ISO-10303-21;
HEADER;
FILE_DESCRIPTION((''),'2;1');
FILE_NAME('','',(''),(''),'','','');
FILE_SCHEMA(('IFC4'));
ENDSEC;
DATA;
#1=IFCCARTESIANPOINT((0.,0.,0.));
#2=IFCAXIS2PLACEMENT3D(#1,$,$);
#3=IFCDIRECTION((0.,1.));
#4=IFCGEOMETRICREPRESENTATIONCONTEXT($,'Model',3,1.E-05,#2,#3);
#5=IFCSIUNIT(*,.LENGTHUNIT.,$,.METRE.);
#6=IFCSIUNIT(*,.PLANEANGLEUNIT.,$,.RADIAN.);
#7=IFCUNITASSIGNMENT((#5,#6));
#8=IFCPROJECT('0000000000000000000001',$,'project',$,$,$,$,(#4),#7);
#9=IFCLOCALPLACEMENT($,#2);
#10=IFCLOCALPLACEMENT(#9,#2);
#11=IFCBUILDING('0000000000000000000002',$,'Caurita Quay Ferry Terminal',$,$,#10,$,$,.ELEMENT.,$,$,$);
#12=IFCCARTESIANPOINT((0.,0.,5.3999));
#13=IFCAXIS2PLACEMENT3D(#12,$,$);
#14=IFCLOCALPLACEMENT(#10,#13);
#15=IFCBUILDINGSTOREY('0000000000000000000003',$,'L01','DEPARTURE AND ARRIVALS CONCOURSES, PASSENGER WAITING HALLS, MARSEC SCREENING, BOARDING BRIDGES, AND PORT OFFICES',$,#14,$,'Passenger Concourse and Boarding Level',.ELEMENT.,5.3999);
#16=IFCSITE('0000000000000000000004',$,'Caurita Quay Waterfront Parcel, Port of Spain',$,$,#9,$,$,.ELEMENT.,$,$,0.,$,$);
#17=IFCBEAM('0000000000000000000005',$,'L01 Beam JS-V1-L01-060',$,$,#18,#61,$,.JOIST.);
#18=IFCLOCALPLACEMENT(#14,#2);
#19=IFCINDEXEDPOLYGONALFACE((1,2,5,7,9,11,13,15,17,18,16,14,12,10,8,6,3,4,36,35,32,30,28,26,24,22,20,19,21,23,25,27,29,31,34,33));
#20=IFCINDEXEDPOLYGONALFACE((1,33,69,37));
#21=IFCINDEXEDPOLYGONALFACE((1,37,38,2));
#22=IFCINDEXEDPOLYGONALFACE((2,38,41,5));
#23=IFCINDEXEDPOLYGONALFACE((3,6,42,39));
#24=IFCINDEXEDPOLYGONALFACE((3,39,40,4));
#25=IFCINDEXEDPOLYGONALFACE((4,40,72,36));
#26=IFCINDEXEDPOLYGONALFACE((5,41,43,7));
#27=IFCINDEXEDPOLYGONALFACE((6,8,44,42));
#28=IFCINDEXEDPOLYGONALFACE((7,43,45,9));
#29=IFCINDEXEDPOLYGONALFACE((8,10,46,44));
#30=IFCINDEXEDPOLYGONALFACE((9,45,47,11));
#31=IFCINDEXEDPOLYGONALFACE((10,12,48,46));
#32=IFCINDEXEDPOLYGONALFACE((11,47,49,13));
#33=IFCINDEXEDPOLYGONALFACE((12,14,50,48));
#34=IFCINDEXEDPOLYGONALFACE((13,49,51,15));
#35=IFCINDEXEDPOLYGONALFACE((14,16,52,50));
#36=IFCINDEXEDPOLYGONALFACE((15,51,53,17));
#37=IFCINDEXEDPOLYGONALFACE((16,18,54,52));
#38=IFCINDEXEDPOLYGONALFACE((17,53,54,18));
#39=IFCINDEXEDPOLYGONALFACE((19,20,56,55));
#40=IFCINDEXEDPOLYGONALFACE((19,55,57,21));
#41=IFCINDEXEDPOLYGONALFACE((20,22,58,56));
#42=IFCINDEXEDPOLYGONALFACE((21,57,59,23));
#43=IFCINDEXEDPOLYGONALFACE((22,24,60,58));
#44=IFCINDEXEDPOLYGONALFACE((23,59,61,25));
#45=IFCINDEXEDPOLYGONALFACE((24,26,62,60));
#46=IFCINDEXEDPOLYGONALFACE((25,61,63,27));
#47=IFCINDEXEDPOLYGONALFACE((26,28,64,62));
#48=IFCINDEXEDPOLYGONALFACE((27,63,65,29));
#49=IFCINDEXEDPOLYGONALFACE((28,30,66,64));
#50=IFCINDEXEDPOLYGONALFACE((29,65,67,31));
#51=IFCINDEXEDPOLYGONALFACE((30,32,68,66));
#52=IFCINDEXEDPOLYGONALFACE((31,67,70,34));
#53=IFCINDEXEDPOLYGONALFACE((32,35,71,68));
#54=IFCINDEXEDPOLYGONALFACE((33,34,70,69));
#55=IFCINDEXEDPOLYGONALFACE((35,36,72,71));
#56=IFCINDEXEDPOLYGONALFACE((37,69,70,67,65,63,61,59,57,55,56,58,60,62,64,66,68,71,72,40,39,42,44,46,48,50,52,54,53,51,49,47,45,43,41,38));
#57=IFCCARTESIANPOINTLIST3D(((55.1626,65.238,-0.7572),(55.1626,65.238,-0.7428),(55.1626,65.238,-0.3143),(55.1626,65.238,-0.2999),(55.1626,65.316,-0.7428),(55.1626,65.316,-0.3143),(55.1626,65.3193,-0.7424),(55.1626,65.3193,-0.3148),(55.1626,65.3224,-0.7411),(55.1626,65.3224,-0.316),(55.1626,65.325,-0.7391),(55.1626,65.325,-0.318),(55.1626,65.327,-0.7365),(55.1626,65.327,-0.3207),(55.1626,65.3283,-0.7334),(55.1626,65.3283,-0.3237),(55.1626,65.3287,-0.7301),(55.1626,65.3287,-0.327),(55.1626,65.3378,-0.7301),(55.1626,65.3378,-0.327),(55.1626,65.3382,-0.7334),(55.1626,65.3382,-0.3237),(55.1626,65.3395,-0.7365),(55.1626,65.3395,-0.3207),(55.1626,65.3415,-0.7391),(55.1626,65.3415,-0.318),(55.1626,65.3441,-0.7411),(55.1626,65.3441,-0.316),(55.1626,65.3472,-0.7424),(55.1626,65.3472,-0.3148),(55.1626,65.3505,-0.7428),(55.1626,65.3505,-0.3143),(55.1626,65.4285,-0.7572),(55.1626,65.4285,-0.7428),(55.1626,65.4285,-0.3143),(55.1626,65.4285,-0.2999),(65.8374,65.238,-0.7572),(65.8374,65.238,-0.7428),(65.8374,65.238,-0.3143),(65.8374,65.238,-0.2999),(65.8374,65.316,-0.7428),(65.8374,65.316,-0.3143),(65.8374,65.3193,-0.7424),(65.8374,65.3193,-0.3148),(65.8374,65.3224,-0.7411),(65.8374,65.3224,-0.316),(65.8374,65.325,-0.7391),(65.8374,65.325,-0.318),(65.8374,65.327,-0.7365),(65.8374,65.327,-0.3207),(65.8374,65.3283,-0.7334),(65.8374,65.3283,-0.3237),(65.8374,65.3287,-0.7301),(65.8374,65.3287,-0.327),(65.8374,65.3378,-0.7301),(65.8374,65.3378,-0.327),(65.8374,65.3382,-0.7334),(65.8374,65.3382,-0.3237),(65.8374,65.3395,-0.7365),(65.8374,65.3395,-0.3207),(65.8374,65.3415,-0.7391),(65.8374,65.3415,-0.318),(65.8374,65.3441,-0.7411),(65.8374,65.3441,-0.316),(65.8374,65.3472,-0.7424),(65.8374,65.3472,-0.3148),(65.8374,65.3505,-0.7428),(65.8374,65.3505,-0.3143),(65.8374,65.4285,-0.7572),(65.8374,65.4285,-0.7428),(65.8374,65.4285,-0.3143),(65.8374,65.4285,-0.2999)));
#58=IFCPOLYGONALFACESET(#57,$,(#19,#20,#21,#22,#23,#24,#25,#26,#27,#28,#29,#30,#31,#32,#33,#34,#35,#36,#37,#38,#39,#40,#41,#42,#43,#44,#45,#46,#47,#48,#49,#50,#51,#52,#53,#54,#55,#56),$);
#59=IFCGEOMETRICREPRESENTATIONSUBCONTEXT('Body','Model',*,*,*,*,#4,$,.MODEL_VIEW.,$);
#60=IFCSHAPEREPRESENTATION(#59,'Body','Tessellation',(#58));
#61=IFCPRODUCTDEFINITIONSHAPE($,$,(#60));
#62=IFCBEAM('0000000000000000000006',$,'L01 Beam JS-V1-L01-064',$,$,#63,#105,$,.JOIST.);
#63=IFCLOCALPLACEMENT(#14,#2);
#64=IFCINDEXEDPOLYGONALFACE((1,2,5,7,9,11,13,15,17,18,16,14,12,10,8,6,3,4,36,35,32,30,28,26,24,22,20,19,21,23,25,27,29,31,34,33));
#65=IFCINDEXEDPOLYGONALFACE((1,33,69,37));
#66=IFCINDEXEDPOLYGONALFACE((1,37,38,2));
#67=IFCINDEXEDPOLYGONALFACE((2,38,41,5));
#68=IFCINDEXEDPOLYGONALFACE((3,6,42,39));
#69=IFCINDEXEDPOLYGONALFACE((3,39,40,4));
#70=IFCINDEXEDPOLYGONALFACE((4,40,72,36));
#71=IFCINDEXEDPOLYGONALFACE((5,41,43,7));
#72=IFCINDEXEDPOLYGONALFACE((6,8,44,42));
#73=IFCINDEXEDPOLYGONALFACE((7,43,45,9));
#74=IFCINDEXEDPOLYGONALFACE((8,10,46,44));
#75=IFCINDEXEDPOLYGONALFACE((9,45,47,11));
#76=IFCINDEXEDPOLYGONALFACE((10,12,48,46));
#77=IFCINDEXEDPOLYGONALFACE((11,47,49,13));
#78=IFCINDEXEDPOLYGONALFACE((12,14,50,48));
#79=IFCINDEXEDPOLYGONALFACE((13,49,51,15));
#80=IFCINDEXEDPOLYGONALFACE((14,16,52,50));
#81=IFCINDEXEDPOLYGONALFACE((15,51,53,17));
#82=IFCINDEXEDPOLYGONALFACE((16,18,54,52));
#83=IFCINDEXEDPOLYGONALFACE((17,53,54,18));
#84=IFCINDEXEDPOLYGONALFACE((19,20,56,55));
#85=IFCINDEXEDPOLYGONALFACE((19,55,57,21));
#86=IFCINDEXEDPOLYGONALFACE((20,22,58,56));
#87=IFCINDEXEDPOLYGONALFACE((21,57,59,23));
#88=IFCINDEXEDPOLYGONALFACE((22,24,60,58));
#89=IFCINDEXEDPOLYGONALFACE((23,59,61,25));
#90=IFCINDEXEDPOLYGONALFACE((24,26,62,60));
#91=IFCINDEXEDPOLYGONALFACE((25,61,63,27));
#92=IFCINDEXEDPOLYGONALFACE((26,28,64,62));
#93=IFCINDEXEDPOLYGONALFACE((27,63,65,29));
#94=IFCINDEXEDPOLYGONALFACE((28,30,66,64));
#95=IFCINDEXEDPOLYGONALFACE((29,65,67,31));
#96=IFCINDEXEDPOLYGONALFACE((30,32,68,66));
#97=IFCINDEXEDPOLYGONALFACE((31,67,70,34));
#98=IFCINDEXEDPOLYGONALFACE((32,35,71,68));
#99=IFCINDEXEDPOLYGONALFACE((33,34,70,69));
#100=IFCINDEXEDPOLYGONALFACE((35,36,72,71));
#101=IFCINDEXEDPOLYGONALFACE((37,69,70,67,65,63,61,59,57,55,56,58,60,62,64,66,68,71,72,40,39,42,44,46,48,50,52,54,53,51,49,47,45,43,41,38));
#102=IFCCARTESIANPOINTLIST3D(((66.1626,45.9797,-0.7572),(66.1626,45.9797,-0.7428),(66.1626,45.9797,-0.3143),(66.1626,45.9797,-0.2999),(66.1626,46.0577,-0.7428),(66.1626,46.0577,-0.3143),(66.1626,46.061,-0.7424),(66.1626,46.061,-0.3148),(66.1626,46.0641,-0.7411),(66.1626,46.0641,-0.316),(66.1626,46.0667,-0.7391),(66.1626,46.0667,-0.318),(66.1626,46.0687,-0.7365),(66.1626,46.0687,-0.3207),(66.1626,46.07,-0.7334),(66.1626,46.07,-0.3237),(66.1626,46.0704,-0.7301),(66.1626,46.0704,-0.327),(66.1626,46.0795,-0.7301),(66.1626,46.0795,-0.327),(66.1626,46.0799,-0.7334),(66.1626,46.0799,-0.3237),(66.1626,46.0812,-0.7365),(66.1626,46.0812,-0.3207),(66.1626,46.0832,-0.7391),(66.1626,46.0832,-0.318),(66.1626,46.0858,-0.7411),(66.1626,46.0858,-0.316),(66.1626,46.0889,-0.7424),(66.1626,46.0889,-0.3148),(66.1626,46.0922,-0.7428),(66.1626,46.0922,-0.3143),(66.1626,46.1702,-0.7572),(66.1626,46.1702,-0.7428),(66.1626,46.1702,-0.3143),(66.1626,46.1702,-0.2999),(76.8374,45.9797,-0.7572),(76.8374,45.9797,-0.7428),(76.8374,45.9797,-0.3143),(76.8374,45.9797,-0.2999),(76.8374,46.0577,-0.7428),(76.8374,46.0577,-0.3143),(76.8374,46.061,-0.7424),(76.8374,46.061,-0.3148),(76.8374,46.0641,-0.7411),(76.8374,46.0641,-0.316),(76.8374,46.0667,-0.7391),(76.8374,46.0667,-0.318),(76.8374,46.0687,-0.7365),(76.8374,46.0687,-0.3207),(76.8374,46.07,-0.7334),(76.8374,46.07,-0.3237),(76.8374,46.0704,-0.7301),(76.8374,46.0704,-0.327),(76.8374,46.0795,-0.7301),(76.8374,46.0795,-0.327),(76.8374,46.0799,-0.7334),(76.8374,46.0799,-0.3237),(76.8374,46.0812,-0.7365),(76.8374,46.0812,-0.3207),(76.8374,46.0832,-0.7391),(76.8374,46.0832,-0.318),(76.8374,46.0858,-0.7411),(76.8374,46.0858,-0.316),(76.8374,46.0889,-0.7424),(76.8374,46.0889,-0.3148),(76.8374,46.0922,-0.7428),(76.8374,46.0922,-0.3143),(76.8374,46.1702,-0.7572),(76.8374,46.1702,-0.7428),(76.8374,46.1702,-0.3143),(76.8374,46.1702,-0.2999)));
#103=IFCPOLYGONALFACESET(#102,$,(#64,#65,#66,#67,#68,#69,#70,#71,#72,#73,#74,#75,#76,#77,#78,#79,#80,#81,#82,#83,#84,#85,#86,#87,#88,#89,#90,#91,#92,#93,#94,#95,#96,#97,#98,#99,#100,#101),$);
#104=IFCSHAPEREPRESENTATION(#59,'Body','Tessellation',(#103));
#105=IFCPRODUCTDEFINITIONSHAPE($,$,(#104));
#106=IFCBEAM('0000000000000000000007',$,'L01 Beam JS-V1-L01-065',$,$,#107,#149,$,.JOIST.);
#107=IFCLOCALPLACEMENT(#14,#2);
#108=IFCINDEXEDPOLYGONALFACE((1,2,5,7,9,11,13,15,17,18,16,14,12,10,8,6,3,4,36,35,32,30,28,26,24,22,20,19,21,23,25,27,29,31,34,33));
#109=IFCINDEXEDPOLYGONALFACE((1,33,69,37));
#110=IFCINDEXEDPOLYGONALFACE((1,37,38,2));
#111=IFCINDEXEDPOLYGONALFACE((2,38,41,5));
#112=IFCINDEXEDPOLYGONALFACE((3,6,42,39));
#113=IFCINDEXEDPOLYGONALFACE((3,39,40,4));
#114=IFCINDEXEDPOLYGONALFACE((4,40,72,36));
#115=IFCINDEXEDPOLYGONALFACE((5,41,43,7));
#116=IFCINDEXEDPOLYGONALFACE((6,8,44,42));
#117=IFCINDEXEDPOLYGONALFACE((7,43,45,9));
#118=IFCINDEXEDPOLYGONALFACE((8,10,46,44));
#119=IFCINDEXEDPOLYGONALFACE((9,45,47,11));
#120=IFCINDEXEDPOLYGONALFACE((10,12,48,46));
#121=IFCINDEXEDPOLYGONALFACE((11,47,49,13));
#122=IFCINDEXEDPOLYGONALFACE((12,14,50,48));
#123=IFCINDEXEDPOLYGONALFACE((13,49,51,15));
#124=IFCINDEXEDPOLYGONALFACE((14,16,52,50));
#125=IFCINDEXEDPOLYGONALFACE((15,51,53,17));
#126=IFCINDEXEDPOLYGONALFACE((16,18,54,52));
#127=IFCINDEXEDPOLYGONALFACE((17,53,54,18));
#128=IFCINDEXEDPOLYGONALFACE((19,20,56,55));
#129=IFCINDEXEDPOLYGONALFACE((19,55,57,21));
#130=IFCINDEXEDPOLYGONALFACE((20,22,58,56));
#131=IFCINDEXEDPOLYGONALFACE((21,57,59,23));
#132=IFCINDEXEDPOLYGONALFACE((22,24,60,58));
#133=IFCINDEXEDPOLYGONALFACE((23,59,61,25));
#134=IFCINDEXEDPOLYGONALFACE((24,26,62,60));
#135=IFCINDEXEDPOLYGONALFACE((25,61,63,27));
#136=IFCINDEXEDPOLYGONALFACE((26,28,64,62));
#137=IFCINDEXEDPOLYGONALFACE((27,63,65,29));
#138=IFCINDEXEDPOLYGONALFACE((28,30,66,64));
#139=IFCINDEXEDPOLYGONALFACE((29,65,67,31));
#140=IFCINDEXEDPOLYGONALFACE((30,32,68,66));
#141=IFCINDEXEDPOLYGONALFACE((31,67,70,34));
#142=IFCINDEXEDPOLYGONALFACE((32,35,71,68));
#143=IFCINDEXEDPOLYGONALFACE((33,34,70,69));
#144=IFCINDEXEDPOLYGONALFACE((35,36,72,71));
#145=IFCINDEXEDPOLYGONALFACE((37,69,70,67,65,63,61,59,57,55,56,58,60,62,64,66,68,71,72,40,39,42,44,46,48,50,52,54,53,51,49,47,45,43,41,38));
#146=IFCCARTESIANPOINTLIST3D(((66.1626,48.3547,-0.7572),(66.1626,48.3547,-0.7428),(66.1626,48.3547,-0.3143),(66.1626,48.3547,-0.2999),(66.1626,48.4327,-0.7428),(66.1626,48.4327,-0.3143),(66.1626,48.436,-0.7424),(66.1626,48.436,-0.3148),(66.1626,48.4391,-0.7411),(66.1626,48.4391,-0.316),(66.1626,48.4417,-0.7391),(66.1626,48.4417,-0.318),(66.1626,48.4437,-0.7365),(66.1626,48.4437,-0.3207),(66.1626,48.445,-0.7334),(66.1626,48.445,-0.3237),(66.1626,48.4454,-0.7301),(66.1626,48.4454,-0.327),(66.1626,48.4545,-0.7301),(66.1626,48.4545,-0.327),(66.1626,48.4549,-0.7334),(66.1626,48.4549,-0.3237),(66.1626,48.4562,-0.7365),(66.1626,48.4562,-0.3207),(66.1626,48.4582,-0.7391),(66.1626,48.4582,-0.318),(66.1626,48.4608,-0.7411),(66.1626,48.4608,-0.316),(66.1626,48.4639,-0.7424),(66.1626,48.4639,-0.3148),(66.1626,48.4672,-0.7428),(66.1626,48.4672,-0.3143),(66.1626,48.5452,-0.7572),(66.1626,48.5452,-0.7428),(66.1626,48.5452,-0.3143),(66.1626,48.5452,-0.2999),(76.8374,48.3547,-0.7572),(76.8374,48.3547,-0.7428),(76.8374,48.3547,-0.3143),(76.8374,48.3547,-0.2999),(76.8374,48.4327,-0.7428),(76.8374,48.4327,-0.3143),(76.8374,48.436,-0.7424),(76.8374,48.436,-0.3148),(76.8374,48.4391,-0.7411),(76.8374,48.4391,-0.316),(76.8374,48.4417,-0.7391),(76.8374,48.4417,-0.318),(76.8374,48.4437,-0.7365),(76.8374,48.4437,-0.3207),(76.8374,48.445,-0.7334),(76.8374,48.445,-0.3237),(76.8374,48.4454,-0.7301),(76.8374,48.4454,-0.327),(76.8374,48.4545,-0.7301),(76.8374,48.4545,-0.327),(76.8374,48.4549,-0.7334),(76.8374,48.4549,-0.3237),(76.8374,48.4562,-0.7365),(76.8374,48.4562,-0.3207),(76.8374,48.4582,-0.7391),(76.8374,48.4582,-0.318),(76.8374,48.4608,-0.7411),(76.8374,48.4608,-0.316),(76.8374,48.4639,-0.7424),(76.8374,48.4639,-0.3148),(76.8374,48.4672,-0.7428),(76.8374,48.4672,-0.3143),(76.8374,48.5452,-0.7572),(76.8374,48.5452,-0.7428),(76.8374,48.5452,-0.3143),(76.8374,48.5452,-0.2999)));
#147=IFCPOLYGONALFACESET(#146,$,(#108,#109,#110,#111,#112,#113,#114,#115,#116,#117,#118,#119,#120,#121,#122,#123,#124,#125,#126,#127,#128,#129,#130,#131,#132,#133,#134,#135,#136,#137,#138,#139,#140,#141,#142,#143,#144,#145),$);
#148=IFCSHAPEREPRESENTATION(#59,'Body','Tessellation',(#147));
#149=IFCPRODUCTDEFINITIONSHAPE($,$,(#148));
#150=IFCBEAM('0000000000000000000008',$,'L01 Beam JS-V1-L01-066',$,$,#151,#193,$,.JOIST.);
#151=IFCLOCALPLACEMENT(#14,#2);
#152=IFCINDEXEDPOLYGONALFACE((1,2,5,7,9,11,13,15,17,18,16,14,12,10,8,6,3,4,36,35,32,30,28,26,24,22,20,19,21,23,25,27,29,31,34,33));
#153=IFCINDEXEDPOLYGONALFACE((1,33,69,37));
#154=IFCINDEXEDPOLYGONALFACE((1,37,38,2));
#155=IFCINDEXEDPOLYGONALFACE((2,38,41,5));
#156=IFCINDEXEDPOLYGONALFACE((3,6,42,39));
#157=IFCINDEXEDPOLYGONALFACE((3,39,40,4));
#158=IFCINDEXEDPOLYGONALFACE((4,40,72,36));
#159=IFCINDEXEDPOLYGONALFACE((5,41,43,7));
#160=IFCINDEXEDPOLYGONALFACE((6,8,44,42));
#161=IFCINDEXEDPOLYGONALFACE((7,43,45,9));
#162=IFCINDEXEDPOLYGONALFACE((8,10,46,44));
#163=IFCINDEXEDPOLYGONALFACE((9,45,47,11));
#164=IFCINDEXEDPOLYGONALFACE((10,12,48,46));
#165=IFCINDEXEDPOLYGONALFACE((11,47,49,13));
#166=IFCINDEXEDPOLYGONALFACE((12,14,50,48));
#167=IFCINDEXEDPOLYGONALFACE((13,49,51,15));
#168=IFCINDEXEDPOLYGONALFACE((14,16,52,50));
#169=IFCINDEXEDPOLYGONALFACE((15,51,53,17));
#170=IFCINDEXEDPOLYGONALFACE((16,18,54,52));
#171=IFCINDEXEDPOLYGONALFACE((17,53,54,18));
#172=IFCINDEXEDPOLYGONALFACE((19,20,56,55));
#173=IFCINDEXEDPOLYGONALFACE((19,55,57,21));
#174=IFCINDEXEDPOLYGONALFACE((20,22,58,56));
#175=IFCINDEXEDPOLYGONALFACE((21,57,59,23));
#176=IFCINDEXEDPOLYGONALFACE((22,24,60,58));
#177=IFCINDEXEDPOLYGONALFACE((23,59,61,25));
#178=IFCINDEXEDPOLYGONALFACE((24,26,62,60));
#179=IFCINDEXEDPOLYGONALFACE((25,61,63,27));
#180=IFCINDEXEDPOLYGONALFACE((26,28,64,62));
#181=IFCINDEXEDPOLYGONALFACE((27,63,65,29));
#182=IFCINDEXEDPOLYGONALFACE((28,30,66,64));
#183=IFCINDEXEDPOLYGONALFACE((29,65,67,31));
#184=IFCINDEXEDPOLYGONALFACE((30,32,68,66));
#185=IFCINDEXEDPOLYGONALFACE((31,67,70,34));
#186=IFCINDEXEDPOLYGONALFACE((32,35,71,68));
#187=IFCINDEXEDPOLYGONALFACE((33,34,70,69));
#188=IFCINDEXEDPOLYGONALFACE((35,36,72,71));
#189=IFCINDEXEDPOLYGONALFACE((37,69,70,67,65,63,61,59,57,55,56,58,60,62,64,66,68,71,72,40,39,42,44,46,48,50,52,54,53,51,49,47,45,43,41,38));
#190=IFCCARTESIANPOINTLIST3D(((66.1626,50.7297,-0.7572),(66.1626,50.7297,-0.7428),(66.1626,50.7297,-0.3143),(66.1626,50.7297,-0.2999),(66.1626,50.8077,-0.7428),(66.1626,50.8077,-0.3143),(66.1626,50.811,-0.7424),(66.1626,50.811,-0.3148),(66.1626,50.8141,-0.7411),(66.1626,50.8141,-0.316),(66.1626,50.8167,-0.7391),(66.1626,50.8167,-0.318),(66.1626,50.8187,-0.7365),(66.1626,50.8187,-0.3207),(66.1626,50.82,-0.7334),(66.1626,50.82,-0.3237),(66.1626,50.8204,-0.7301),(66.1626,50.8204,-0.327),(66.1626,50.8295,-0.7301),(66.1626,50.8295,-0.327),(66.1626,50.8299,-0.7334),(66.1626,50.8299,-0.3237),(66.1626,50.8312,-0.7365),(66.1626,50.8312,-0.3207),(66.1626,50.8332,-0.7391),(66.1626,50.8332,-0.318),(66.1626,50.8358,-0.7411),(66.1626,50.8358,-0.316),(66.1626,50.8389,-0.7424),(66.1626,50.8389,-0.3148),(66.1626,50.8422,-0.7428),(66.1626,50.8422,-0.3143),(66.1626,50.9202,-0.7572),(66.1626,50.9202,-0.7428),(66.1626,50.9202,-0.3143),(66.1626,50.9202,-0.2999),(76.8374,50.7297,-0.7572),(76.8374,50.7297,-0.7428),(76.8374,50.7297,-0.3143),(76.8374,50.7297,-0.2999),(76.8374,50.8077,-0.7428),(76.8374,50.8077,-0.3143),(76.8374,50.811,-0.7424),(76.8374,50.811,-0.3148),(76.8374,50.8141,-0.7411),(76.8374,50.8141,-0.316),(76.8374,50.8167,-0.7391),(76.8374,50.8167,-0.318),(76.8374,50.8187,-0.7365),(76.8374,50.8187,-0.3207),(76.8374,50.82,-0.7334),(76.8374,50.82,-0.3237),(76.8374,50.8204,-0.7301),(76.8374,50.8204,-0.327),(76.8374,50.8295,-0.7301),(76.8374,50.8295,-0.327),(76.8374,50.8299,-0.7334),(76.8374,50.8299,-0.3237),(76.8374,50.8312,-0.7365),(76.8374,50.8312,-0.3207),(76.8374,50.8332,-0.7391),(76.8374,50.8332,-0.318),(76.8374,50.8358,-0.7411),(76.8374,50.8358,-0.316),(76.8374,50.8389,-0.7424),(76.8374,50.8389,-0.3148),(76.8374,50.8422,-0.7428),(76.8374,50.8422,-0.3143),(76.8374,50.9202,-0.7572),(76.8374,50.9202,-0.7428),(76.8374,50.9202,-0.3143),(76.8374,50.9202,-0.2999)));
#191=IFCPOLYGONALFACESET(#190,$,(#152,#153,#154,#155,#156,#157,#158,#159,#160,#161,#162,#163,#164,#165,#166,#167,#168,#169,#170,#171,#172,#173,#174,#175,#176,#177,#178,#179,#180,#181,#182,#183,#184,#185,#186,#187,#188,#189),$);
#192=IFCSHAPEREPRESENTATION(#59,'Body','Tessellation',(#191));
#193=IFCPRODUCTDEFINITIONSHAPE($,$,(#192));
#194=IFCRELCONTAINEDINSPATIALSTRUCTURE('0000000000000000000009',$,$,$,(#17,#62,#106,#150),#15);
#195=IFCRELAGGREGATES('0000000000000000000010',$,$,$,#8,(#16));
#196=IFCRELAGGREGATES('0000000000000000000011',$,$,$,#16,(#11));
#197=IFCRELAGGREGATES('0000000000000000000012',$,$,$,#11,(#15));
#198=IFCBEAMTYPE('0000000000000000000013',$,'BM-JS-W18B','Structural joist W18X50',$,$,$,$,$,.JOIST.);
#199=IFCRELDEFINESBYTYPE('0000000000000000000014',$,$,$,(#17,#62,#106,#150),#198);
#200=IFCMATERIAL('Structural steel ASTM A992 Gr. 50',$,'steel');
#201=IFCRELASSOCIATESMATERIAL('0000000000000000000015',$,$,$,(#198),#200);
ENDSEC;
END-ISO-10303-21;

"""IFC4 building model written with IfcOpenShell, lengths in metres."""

from ifc_helpers import new_model, si_unit, direction, frame, origin, origin_2d, place, context, subcontext, project, spatial, i_section, extrude, material, material_profile, profile_set, type_object, element, save


model = new_model("IFC4")

# Units and contexts
model_context = context("Model", 3, precision=1e-05, world=origin(), true_north=direction((0.0, 1.0)))
body_context = subcontext(model_context, "Body", "Model", "MODEL_VIEW")
ifc_project = project(units=[si_unit("LENGTHUNIT", "METRE"), si_unit("PLANEANGLEUNIT", "RADIAN")], contexts=[model_context])

# Site, building, storey
site_placement = place(None, origin())
site = spatial("IfcSite", under=ifc_project, at=site_placement, Name="Caurita Quay Waterfront Parcel, Port of Spain", CompositionType="ELEMENT", RefElevation=0.0)
building_placement = place(site_placement, origin())
building = spatial("IfcBuilding", under=site, at=building_placement, Name="Caurita Quay Ferry Terminal", CompositionType="ELEMENT")
storey_placement = place(building_placement, frame((0.0, 0.0, 5.3999)))
storey = spatial("IfcBuildingStorey", under=building, at=storey_placement, Name="L01", Description="DEPARTURE AND ARRIVALS CONCOURSES, PASSENGER WAITING HALLS, MARSEC SCREENING, BOARDING BRIDGES, AND PORT OFFICES", LongName="Passenger Concourse and Boarding Level", CompositionType="ELEMENT", Elevation=5.3999)

# Beams
ifc_material_1 = material(Name="Structural steel ASTM A992 Gr. 50", Category="steel")
ifc_material_profile_1 = material_profile(ifc_material_1, i_section(OverallWidth=0.1904, OverallDepth=0.4573, WebThickness=0.009, FlangeThickness=0.0144, FilletRadius=0.0127, at=origin_2d()), Name="W18X50")
ifc_profile_set_1 = profile_set([ifc_material_profile_1], Name="Structural steel ASTM A992 Gr. 50")
beam_type_1 = type_object("IfcBeamType", Name="BM-JS-W18B", Description="Structural joist W18X50", PredefinedType="JOIST", material=ifc_profile_set_1)
for number, where, z_axis, x_axis, name in (
    (1, (55.1626, 65.3333, -0.5286), (1.0, 0.0, 0.0), (0.0, 1.0, 0.0), "L01 Beam JS-V1-L01-060"),
    (2, (66.1626, 46.075, -0.5286), (1.0, 0.0, 0.0), (0.0, 1.0, 0.0), "L01 Beam JS-V1-L01-064"),
    (3, (66.1626, 48.45, -0.5286), (1.0, 0.0, 0.0), (0.0, 1.0, 0.0), "L01 Beam JS-V1-L01-065"),
    (4, (66.1626, 50.825, -0.5286), (1.0, 0.0, 0.0), (0.0, 1.0, 0.0), "L01 Beam JS-V1-L01-066"),
):
    element("IfcBeam", number, at=place(storey_placement, frame(where, z_axis=z_axis, x_axis=x_axis)), inside=storey, type_object=beam_type_1, Name=name, PredefinedType="JOIST", context=body_context, shape_type="SweptSolid", body=[
        extrude(i_section(OverallWidth=0.1904, OverallDepth=0.4573, WebThickness=0.009, FlangeThickness=0.0144, FilletRadius=0.0127, at=origin_2d()), origin(), (0.0, 0.0, 1.0), 10.6748),
    ])

save(model, "model.ifc")
